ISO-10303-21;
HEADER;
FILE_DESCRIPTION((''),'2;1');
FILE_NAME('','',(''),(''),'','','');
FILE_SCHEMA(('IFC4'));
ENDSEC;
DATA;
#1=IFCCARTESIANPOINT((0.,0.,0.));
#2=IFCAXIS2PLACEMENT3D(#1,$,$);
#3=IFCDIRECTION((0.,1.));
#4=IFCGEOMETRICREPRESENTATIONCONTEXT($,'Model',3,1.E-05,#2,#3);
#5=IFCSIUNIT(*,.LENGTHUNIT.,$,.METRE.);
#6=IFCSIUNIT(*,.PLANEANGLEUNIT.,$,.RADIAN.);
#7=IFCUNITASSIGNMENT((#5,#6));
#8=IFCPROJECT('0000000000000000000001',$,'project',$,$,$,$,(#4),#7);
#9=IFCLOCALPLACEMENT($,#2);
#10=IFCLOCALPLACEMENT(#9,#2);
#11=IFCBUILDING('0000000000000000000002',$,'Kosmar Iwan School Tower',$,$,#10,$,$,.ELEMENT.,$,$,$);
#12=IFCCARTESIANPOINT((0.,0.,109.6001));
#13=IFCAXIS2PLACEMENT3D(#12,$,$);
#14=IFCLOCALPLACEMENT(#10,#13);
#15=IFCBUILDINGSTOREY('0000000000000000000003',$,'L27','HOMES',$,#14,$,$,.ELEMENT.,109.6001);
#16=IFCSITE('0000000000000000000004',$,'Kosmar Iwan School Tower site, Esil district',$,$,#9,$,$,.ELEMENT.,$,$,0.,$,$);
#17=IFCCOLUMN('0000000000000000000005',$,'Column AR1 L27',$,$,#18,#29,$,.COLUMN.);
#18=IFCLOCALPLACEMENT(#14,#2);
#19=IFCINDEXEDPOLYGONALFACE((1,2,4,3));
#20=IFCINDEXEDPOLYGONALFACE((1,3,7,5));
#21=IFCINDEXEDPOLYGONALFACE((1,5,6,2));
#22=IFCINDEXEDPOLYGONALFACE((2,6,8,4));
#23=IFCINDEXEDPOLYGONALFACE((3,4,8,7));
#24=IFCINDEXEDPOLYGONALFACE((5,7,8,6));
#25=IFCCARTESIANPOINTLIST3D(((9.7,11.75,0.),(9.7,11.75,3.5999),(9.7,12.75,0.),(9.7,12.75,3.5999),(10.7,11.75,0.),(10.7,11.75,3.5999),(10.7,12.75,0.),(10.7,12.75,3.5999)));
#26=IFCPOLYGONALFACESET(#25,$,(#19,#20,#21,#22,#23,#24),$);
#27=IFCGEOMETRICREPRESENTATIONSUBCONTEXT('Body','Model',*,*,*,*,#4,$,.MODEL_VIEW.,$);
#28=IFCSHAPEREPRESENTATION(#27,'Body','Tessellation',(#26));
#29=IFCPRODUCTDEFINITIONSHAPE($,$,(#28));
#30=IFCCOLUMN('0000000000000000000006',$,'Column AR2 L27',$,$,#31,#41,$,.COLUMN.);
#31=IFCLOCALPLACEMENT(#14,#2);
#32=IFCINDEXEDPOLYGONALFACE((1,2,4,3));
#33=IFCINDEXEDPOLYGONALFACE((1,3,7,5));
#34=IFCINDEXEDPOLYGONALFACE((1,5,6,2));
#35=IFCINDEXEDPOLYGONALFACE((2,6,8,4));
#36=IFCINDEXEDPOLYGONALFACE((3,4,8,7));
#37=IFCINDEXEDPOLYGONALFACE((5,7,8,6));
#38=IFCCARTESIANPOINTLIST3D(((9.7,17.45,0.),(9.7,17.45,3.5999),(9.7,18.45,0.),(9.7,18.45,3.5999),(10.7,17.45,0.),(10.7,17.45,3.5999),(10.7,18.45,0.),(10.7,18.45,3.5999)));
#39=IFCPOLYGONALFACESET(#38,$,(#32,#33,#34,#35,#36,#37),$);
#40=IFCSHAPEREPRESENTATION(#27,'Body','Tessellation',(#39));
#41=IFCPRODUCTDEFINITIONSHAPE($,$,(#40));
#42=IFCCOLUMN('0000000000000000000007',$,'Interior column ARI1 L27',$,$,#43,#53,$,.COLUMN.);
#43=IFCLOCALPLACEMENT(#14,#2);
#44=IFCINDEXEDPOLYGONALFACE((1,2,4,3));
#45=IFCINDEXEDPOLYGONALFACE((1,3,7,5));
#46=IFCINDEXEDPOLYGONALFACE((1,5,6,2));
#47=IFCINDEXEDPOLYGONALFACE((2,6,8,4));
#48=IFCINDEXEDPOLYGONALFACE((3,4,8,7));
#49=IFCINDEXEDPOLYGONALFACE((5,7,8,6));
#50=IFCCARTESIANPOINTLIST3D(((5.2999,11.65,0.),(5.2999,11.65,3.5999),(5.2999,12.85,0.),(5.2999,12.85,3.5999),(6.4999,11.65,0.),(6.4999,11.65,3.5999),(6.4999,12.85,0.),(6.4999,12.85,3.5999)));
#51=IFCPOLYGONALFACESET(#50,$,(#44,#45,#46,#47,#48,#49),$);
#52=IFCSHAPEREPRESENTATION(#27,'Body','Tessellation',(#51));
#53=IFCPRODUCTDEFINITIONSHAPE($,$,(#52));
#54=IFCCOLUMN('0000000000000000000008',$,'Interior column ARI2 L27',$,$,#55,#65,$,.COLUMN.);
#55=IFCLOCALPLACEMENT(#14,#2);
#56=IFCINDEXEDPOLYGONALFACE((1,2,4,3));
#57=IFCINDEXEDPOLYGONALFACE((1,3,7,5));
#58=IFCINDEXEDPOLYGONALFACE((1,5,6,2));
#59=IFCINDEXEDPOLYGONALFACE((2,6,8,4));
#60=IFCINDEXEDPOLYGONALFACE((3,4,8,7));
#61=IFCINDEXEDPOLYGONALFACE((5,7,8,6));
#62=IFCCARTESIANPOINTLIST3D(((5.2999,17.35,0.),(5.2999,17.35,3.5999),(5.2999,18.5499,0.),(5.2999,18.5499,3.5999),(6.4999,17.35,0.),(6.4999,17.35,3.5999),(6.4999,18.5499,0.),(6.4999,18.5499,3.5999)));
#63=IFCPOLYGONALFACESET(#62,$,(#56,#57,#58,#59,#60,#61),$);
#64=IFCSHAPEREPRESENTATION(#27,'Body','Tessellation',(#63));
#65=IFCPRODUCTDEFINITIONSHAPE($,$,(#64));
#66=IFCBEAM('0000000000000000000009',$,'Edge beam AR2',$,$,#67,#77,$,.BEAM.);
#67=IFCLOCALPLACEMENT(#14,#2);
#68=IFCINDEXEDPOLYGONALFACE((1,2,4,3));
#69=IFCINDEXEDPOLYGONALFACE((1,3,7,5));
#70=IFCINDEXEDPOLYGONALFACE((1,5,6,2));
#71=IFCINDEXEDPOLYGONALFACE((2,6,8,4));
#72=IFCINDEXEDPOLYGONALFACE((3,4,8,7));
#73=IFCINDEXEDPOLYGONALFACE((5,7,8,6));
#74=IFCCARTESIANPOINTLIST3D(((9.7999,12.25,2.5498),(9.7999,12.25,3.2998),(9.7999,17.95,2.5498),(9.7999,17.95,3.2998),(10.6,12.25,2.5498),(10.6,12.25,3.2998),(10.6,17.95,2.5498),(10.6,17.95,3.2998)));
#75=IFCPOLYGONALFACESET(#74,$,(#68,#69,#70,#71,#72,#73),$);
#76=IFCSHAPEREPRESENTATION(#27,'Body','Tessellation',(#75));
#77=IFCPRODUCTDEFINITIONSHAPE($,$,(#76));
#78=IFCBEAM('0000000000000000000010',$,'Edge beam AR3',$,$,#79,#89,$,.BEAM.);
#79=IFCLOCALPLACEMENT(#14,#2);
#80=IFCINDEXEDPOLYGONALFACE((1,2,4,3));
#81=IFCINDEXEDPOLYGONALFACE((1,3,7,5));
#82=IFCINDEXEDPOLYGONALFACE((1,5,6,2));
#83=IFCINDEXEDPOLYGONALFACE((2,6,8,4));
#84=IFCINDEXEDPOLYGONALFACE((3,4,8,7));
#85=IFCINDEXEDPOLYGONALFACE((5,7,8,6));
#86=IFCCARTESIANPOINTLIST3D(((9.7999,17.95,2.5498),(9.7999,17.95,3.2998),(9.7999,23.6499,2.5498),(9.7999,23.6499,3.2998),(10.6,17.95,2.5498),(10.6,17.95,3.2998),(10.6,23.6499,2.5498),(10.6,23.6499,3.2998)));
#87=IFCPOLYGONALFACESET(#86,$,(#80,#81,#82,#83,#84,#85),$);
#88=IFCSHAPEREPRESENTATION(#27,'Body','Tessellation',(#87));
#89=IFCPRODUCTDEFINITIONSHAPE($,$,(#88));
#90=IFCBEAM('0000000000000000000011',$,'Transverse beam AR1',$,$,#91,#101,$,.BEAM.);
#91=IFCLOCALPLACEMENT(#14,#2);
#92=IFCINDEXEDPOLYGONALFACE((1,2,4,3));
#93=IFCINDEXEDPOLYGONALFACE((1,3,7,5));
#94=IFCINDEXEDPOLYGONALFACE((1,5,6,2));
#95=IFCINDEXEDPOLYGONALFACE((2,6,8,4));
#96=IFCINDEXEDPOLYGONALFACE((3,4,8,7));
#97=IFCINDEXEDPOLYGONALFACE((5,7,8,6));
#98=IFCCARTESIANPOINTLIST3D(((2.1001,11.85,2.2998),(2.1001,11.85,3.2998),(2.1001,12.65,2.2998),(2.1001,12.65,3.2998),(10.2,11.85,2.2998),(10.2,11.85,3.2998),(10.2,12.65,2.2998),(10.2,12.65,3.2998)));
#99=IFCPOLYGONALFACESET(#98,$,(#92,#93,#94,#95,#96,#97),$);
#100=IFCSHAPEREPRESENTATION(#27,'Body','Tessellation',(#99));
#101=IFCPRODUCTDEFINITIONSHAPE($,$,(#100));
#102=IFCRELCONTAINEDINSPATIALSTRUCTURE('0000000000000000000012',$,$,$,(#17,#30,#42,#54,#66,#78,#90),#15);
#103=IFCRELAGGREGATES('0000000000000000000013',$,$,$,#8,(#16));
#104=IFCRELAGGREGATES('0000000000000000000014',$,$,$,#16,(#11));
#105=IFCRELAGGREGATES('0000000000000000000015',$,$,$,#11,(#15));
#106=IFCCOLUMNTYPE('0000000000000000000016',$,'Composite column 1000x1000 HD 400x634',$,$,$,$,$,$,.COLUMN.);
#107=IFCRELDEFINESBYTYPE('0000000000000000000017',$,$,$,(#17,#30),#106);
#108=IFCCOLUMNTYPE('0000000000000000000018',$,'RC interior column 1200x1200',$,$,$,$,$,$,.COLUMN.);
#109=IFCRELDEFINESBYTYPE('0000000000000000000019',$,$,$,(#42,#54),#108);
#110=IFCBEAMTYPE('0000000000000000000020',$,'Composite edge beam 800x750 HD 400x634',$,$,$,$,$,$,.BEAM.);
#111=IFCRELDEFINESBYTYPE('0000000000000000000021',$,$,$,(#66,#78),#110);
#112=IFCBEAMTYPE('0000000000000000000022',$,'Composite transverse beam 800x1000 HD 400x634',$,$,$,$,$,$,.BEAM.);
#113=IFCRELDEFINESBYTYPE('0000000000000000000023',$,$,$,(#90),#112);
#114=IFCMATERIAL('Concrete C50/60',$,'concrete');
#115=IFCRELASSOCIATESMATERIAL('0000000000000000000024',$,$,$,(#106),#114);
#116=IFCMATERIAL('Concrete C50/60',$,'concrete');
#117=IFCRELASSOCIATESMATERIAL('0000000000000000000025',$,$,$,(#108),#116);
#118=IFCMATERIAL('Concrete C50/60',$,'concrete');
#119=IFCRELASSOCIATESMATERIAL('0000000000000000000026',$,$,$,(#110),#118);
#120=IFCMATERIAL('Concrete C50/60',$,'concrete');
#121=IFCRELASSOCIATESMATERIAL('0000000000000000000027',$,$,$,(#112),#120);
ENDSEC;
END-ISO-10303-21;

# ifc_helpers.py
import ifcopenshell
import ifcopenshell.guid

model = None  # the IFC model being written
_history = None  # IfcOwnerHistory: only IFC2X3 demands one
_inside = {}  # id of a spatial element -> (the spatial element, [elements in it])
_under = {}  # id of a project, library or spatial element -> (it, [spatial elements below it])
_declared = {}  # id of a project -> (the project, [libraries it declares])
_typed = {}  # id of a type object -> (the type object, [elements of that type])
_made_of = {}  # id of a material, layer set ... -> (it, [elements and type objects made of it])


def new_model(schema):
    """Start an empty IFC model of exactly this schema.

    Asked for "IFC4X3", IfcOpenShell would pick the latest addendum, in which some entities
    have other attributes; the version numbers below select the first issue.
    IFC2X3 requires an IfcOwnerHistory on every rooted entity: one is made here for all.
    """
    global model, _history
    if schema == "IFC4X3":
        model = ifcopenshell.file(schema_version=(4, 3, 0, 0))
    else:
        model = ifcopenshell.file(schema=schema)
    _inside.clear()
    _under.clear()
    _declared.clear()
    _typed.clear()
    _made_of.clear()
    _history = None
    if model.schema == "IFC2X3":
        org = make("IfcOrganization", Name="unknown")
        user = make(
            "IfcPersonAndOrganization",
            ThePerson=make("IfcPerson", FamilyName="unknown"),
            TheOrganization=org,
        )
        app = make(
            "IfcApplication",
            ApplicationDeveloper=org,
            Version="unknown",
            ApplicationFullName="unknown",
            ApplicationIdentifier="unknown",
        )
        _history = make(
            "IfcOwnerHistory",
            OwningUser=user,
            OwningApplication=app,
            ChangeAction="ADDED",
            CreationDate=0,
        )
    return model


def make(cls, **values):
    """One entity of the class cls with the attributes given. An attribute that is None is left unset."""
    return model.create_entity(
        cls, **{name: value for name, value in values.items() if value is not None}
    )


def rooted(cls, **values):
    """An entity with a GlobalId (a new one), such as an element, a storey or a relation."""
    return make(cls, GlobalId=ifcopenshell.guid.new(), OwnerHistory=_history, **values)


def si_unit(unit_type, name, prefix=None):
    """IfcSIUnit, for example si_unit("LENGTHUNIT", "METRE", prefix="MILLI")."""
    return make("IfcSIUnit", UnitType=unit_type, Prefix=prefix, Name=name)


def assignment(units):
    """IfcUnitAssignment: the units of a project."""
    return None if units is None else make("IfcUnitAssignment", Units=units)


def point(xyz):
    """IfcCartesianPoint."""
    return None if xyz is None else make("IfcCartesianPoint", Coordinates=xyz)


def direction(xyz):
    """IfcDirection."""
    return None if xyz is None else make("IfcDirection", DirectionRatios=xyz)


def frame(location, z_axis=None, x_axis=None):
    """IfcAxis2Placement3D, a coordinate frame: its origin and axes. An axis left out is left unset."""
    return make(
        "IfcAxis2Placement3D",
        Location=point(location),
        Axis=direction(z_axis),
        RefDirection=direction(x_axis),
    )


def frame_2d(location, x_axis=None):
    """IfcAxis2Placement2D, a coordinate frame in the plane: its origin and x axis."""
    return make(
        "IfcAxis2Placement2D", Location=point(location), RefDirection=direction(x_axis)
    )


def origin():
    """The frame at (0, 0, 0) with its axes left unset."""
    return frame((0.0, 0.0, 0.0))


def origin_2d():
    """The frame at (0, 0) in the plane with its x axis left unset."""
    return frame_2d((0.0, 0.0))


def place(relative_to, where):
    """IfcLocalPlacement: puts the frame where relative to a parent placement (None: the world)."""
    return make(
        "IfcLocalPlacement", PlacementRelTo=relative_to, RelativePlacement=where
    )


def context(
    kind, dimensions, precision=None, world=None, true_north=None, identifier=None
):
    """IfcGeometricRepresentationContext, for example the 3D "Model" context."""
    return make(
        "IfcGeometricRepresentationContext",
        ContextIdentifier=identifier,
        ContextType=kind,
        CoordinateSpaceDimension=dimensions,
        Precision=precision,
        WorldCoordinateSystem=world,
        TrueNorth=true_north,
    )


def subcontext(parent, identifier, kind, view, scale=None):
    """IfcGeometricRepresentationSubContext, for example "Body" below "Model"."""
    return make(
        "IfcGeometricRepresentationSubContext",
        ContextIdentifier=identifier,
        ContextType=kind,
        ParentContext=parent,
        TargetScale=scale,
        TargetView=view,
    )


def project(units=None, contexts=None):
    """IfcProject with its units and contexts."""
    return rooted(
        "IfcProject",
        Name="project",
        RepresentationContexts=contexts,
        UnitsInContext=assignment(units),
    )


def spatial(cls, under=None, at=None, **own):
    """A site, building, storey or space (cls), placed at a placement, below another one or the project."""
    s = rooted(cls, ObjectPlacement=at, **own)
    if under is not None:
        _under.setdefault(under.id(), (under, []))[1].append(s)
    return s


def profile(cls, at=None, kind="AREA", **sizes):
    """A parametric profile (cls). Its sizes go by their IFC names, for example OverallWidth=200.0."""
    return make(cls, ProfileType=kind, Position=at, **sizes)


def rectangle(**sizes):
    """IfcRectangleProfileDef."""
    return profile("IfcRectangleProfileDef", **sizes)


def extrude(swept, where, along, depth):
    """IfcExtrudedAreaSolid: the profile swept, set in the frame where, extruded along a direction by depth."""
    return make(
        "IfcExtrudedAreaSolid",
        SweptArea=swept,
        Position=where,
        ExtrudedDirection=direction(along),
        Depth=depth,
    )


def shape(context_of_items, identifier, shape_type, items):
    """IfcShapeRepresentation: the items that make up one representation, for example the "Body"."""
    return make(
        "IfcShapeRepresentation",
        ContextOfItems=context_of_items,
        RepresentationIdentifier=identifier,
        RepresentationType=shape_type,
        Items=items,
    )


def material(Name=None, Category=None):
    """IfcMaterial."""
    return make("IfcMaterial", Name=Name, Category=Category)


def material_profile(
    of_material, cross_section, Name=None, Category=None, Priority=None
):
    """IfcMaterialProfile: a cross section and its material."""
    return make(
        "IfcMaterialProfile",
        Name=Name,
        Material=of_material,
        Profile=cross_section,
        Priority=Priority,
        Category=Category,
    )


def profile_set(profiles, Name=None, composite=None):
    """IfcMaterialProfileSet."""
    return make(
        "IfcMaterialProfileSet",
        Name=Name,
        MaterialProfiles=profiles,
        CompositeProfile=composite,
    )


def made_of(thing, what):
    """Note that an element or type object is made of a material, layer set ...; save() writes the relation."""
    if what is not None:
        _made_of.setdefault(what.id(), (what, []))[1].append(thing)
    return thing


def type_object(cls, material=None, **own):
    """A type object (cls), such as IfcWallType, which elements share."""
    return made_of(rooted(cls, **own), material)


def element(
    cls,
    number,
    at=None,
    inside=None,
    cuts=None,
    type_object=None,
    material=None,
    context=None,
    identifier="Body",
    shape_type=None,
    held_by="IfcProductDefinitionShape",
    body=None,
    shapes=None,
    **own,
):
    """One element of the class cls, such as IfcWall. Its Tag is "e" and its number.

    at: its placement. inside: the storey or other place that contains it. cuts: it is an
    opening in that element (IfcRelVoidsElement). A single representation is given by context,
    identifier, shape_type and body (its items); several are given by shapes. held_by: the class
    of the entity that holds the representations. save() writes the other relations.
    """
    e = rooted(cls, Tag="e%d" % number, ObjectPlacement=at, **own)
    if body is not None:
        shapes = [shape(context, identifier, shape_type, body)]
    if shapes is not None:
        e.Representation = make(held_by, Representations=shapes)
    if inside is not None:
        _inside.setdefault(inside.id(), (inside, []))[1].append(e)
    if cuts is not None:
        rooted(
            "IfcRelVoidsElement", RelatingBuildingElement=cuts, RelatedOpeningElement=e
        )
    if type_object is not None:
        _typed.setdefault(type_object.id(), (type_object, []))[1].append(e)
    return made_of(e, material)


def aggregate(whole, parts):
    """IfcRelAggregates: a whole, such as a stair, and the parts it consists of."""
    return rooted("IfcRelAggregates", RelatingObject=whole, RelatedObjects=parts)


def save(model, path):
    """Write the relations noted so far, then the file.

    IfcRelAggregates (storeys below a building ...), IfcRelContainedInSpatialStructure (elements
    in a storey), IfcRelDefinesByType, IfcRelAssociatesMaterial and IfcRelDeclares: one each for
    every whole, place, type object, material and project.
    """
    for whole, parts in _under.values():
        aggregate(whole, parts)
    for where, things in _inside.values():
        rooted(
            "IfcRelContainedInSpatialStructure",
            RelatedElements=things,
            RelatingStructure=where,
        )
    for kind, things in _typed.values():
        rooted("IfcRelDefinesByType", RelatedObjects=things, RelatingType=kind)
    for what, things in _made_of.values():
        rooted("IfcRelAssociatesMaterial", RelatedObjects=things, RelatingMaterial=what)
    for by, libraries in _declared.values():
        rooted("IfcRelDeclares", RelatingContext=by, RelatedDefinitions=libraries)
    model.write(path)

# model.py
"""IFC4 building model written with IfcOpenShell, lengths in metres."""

from ifc_helpers import new_model, si_unit, direction, frame, origin, origin_2d, place, context, subcontext, project, spatial, rectangle, extrude, material, material_profile, profile_set, type_object, element, save


model = new_model("IFC4")

# Units and contexts
model_context = context("Model", 3, precision=1e-05, world=origin(), true_north=direction((0.0, 1.0)))
body_context = subcontext(model_context, "Body", "Model", "MODEL_VIEW")
ifc_project = project(units=[si_unit("LENGTHUNIT", "METRE"), si_unit("PLANEANGLEUNIT", "RADIAN")], contexts=[model_context])

# Site, building, storey
site_placement = place(None, origin())
site = spatial("IfcSite", under=ifc_project, at=site_placement, Name="Kosmar Iwan School Tower site, Esil district", CompositionType="ELEMENT", RefElevation=0.0)
building_placement = place(site_placement, origin())
building = spatial("IfcBuilding", under=site, at=building_placement, Name="Kosmar Iwan School Tower", CompositionType="ELEMENT")
storey_placement = place(building_placement, frame((0.0, 0.0, 109.6001)))
storey = spatial("IfcBuildingStorey", under=building, at=storey_placement, Name="L27", Description="HOMES", CompositionType="ELEMENT", Elevation=109.6001)

# Columns
ifc_material_1 = material(Name="Concrete C50/60", Category="concrete")
ifc_material_profile_1 = material_profile(ifc_material_1, rectangle(XDim=1.0, YDim=1.0, at=origin_2d()), Name="RC 1000x1000 + HD 400x634")
ifc_profile_set_1 = profile_set([ifc_material_profile_1], Name="Concrete C50/60")
column_type_1 = type_object("IfcColumnType", Name="Composite column 1000x1000 HD 400x634", PredefinedType="COLUMN", material=ifc_profile_set_1)
for number, where, z_axis, x_axis, name in (
    (1, (10.2, 12.25, 0.0), (0.0, 0.0, 1.0), (0.0, 1.0, 0.0), "Column AR1 L27"),
    (2, (10.2, 17.95, 0.0), (0.0, 0.0, 1.0), (0.0, 1.0, 0.0), "Column AR2 L27"),
):
    element("IfcColumn", number, at=place(storey_placement, frame(where, z_axis=z_axis, x_axis=x_axis)), inside=storey, type_object=column_type_1, Name=name, PredefinedType="COLUMN", context=body_context, shape_type="SweptSolid", body=[
        extrude(rectangle(XDim=1.0, YDim=1.0, at=origin_2d()), origin(), (0.0, 0.0, 1.0), 3.5999),
    ])
ifc_material_2 = material(Name="Concrete C50/60", Category="concrete")
ifc_material_profile_2 = material_profile(ifc_material_2, rectangle(XDim=1.2, YDim=1.2, at=origin_2d()), Name="RC 1200x1200")
ifc_profile_set_2 = profile_set([ifc_material_profile_2], Name="Concrete C50/60")
column_type_2 = type_object("IfcColumnType", Name="RC interior column 1200x1200", PredefinedType="COLUMN", material=ifc_profile_set_2)
for number, where, z_axis, x_axis, name in (
    (3, (5.8999, 12.25, 0.0), (0.0, 0.0, 1.0), (0.0, 1.0, 0.0), "Interior column ARI1 L27"),
    (4, (5.8999, 17.95, 0.0), (0.0, 0.0, 1.0), (0.0, 1.0, 0.0), "Interior column ARI2 L27"),
):
    element("IfcColumn", number, at=place(storey_placement, frame(where, z_axis=z_axis, x_axis=x_axis)), inside=storey, type_object=column_type_2, Name=name, PredefinedType="COLUMN", context=body_context, shape_type="SweptSolid", body=[
        extrude(rectangle(XDim=1.2, YDim=1.2, at=origin_2d()), origin(), (0.0, 0.0, 1.0), 3.5999),
    ])

# Beams
ifc_material_3 = material(Name="Concrete C50/60", Category="concrete")
ifc_material_profile_3 = material_profile(ifc_material_3, rectangle(XDim=0.8, YDim=0.75, at=origin_2d()), Name="RC 800x750 + HD 400x634")
ifc_profile_set_3 = profile_set([ifc_material_profile_3], Name="Concrete C50/60")
beam_type_1 = type_object("IfcBeamType", Name="Composite edge beam 800x750 HD 400x634", PredefinedType="BEAM", material=ifc_profile_set_3)
for number, where, z_axis, x_axis, name in (
    (5, (10.2, 12.25, 2.9248), (0.0, 1.0, 0.0), (-1.0, 0.0, 0.0), "Edge beam AR2"),
    (6, (10.2, 17.95, 2.9248), (0.0, 1.0, 0.0), (-1.0, 0.0, 0.0), "Edge beam AR3"),
):
    element("IfcBeam", number, at=place(storey_placement, frame(where, z_axis=z_axis, x_axis=x_axis)), inside=storey, type_object=beam_type_1, Name=name, PredefinedType="BEAM", context=body_context, shape_type="SweptSolid", body=[
        extrude(rectangle(XDim=0.8, YDim=0.75, at=origin_2d()), origin(), (0.0, 0.0, 1.0), 5.7),
    ])
ifc_material_4 = material(Name="Concrete C50/60", Category="concrete")
ifc_material_profile_4 = material_profile(ifc_material_4, rectangle(XDim=0.8, YDim=1.0, at=origin_2d()), Name="RC 800x1000 + HD 400x634")
ifc_profile_set_4 = profile_set([ifc_material_profile_4], Name="Concrete C50/60")
beam_type_2 = type_object("IfcBeamType", Name="Composite transverse beam 800x1000 HD 400x634", PredefinedType="BEAM", material=ifc_profile_set_4)
beam_placement = place(storey_placement, frame((10.2, 12.25, 2.7998), z_axis=(-1.0, 0.0, 0.0), x_axis=(0.0, -1.0, 0.0)))
element("IfcBeam", 7, at=beam_placement, inside=storey, type_object=beam_type_2, Name="Transverse beam AR1", PredefinedType="BEAM", context=body_context, shape_type="SweptSolid", body=[
    extrude(rectangle(XDim=0.8, YDim=1.0, at=origin_2d()), origin(), (0.0, 0.0, 1.0), 8.0999),
])

save(model, "model.ifc")
